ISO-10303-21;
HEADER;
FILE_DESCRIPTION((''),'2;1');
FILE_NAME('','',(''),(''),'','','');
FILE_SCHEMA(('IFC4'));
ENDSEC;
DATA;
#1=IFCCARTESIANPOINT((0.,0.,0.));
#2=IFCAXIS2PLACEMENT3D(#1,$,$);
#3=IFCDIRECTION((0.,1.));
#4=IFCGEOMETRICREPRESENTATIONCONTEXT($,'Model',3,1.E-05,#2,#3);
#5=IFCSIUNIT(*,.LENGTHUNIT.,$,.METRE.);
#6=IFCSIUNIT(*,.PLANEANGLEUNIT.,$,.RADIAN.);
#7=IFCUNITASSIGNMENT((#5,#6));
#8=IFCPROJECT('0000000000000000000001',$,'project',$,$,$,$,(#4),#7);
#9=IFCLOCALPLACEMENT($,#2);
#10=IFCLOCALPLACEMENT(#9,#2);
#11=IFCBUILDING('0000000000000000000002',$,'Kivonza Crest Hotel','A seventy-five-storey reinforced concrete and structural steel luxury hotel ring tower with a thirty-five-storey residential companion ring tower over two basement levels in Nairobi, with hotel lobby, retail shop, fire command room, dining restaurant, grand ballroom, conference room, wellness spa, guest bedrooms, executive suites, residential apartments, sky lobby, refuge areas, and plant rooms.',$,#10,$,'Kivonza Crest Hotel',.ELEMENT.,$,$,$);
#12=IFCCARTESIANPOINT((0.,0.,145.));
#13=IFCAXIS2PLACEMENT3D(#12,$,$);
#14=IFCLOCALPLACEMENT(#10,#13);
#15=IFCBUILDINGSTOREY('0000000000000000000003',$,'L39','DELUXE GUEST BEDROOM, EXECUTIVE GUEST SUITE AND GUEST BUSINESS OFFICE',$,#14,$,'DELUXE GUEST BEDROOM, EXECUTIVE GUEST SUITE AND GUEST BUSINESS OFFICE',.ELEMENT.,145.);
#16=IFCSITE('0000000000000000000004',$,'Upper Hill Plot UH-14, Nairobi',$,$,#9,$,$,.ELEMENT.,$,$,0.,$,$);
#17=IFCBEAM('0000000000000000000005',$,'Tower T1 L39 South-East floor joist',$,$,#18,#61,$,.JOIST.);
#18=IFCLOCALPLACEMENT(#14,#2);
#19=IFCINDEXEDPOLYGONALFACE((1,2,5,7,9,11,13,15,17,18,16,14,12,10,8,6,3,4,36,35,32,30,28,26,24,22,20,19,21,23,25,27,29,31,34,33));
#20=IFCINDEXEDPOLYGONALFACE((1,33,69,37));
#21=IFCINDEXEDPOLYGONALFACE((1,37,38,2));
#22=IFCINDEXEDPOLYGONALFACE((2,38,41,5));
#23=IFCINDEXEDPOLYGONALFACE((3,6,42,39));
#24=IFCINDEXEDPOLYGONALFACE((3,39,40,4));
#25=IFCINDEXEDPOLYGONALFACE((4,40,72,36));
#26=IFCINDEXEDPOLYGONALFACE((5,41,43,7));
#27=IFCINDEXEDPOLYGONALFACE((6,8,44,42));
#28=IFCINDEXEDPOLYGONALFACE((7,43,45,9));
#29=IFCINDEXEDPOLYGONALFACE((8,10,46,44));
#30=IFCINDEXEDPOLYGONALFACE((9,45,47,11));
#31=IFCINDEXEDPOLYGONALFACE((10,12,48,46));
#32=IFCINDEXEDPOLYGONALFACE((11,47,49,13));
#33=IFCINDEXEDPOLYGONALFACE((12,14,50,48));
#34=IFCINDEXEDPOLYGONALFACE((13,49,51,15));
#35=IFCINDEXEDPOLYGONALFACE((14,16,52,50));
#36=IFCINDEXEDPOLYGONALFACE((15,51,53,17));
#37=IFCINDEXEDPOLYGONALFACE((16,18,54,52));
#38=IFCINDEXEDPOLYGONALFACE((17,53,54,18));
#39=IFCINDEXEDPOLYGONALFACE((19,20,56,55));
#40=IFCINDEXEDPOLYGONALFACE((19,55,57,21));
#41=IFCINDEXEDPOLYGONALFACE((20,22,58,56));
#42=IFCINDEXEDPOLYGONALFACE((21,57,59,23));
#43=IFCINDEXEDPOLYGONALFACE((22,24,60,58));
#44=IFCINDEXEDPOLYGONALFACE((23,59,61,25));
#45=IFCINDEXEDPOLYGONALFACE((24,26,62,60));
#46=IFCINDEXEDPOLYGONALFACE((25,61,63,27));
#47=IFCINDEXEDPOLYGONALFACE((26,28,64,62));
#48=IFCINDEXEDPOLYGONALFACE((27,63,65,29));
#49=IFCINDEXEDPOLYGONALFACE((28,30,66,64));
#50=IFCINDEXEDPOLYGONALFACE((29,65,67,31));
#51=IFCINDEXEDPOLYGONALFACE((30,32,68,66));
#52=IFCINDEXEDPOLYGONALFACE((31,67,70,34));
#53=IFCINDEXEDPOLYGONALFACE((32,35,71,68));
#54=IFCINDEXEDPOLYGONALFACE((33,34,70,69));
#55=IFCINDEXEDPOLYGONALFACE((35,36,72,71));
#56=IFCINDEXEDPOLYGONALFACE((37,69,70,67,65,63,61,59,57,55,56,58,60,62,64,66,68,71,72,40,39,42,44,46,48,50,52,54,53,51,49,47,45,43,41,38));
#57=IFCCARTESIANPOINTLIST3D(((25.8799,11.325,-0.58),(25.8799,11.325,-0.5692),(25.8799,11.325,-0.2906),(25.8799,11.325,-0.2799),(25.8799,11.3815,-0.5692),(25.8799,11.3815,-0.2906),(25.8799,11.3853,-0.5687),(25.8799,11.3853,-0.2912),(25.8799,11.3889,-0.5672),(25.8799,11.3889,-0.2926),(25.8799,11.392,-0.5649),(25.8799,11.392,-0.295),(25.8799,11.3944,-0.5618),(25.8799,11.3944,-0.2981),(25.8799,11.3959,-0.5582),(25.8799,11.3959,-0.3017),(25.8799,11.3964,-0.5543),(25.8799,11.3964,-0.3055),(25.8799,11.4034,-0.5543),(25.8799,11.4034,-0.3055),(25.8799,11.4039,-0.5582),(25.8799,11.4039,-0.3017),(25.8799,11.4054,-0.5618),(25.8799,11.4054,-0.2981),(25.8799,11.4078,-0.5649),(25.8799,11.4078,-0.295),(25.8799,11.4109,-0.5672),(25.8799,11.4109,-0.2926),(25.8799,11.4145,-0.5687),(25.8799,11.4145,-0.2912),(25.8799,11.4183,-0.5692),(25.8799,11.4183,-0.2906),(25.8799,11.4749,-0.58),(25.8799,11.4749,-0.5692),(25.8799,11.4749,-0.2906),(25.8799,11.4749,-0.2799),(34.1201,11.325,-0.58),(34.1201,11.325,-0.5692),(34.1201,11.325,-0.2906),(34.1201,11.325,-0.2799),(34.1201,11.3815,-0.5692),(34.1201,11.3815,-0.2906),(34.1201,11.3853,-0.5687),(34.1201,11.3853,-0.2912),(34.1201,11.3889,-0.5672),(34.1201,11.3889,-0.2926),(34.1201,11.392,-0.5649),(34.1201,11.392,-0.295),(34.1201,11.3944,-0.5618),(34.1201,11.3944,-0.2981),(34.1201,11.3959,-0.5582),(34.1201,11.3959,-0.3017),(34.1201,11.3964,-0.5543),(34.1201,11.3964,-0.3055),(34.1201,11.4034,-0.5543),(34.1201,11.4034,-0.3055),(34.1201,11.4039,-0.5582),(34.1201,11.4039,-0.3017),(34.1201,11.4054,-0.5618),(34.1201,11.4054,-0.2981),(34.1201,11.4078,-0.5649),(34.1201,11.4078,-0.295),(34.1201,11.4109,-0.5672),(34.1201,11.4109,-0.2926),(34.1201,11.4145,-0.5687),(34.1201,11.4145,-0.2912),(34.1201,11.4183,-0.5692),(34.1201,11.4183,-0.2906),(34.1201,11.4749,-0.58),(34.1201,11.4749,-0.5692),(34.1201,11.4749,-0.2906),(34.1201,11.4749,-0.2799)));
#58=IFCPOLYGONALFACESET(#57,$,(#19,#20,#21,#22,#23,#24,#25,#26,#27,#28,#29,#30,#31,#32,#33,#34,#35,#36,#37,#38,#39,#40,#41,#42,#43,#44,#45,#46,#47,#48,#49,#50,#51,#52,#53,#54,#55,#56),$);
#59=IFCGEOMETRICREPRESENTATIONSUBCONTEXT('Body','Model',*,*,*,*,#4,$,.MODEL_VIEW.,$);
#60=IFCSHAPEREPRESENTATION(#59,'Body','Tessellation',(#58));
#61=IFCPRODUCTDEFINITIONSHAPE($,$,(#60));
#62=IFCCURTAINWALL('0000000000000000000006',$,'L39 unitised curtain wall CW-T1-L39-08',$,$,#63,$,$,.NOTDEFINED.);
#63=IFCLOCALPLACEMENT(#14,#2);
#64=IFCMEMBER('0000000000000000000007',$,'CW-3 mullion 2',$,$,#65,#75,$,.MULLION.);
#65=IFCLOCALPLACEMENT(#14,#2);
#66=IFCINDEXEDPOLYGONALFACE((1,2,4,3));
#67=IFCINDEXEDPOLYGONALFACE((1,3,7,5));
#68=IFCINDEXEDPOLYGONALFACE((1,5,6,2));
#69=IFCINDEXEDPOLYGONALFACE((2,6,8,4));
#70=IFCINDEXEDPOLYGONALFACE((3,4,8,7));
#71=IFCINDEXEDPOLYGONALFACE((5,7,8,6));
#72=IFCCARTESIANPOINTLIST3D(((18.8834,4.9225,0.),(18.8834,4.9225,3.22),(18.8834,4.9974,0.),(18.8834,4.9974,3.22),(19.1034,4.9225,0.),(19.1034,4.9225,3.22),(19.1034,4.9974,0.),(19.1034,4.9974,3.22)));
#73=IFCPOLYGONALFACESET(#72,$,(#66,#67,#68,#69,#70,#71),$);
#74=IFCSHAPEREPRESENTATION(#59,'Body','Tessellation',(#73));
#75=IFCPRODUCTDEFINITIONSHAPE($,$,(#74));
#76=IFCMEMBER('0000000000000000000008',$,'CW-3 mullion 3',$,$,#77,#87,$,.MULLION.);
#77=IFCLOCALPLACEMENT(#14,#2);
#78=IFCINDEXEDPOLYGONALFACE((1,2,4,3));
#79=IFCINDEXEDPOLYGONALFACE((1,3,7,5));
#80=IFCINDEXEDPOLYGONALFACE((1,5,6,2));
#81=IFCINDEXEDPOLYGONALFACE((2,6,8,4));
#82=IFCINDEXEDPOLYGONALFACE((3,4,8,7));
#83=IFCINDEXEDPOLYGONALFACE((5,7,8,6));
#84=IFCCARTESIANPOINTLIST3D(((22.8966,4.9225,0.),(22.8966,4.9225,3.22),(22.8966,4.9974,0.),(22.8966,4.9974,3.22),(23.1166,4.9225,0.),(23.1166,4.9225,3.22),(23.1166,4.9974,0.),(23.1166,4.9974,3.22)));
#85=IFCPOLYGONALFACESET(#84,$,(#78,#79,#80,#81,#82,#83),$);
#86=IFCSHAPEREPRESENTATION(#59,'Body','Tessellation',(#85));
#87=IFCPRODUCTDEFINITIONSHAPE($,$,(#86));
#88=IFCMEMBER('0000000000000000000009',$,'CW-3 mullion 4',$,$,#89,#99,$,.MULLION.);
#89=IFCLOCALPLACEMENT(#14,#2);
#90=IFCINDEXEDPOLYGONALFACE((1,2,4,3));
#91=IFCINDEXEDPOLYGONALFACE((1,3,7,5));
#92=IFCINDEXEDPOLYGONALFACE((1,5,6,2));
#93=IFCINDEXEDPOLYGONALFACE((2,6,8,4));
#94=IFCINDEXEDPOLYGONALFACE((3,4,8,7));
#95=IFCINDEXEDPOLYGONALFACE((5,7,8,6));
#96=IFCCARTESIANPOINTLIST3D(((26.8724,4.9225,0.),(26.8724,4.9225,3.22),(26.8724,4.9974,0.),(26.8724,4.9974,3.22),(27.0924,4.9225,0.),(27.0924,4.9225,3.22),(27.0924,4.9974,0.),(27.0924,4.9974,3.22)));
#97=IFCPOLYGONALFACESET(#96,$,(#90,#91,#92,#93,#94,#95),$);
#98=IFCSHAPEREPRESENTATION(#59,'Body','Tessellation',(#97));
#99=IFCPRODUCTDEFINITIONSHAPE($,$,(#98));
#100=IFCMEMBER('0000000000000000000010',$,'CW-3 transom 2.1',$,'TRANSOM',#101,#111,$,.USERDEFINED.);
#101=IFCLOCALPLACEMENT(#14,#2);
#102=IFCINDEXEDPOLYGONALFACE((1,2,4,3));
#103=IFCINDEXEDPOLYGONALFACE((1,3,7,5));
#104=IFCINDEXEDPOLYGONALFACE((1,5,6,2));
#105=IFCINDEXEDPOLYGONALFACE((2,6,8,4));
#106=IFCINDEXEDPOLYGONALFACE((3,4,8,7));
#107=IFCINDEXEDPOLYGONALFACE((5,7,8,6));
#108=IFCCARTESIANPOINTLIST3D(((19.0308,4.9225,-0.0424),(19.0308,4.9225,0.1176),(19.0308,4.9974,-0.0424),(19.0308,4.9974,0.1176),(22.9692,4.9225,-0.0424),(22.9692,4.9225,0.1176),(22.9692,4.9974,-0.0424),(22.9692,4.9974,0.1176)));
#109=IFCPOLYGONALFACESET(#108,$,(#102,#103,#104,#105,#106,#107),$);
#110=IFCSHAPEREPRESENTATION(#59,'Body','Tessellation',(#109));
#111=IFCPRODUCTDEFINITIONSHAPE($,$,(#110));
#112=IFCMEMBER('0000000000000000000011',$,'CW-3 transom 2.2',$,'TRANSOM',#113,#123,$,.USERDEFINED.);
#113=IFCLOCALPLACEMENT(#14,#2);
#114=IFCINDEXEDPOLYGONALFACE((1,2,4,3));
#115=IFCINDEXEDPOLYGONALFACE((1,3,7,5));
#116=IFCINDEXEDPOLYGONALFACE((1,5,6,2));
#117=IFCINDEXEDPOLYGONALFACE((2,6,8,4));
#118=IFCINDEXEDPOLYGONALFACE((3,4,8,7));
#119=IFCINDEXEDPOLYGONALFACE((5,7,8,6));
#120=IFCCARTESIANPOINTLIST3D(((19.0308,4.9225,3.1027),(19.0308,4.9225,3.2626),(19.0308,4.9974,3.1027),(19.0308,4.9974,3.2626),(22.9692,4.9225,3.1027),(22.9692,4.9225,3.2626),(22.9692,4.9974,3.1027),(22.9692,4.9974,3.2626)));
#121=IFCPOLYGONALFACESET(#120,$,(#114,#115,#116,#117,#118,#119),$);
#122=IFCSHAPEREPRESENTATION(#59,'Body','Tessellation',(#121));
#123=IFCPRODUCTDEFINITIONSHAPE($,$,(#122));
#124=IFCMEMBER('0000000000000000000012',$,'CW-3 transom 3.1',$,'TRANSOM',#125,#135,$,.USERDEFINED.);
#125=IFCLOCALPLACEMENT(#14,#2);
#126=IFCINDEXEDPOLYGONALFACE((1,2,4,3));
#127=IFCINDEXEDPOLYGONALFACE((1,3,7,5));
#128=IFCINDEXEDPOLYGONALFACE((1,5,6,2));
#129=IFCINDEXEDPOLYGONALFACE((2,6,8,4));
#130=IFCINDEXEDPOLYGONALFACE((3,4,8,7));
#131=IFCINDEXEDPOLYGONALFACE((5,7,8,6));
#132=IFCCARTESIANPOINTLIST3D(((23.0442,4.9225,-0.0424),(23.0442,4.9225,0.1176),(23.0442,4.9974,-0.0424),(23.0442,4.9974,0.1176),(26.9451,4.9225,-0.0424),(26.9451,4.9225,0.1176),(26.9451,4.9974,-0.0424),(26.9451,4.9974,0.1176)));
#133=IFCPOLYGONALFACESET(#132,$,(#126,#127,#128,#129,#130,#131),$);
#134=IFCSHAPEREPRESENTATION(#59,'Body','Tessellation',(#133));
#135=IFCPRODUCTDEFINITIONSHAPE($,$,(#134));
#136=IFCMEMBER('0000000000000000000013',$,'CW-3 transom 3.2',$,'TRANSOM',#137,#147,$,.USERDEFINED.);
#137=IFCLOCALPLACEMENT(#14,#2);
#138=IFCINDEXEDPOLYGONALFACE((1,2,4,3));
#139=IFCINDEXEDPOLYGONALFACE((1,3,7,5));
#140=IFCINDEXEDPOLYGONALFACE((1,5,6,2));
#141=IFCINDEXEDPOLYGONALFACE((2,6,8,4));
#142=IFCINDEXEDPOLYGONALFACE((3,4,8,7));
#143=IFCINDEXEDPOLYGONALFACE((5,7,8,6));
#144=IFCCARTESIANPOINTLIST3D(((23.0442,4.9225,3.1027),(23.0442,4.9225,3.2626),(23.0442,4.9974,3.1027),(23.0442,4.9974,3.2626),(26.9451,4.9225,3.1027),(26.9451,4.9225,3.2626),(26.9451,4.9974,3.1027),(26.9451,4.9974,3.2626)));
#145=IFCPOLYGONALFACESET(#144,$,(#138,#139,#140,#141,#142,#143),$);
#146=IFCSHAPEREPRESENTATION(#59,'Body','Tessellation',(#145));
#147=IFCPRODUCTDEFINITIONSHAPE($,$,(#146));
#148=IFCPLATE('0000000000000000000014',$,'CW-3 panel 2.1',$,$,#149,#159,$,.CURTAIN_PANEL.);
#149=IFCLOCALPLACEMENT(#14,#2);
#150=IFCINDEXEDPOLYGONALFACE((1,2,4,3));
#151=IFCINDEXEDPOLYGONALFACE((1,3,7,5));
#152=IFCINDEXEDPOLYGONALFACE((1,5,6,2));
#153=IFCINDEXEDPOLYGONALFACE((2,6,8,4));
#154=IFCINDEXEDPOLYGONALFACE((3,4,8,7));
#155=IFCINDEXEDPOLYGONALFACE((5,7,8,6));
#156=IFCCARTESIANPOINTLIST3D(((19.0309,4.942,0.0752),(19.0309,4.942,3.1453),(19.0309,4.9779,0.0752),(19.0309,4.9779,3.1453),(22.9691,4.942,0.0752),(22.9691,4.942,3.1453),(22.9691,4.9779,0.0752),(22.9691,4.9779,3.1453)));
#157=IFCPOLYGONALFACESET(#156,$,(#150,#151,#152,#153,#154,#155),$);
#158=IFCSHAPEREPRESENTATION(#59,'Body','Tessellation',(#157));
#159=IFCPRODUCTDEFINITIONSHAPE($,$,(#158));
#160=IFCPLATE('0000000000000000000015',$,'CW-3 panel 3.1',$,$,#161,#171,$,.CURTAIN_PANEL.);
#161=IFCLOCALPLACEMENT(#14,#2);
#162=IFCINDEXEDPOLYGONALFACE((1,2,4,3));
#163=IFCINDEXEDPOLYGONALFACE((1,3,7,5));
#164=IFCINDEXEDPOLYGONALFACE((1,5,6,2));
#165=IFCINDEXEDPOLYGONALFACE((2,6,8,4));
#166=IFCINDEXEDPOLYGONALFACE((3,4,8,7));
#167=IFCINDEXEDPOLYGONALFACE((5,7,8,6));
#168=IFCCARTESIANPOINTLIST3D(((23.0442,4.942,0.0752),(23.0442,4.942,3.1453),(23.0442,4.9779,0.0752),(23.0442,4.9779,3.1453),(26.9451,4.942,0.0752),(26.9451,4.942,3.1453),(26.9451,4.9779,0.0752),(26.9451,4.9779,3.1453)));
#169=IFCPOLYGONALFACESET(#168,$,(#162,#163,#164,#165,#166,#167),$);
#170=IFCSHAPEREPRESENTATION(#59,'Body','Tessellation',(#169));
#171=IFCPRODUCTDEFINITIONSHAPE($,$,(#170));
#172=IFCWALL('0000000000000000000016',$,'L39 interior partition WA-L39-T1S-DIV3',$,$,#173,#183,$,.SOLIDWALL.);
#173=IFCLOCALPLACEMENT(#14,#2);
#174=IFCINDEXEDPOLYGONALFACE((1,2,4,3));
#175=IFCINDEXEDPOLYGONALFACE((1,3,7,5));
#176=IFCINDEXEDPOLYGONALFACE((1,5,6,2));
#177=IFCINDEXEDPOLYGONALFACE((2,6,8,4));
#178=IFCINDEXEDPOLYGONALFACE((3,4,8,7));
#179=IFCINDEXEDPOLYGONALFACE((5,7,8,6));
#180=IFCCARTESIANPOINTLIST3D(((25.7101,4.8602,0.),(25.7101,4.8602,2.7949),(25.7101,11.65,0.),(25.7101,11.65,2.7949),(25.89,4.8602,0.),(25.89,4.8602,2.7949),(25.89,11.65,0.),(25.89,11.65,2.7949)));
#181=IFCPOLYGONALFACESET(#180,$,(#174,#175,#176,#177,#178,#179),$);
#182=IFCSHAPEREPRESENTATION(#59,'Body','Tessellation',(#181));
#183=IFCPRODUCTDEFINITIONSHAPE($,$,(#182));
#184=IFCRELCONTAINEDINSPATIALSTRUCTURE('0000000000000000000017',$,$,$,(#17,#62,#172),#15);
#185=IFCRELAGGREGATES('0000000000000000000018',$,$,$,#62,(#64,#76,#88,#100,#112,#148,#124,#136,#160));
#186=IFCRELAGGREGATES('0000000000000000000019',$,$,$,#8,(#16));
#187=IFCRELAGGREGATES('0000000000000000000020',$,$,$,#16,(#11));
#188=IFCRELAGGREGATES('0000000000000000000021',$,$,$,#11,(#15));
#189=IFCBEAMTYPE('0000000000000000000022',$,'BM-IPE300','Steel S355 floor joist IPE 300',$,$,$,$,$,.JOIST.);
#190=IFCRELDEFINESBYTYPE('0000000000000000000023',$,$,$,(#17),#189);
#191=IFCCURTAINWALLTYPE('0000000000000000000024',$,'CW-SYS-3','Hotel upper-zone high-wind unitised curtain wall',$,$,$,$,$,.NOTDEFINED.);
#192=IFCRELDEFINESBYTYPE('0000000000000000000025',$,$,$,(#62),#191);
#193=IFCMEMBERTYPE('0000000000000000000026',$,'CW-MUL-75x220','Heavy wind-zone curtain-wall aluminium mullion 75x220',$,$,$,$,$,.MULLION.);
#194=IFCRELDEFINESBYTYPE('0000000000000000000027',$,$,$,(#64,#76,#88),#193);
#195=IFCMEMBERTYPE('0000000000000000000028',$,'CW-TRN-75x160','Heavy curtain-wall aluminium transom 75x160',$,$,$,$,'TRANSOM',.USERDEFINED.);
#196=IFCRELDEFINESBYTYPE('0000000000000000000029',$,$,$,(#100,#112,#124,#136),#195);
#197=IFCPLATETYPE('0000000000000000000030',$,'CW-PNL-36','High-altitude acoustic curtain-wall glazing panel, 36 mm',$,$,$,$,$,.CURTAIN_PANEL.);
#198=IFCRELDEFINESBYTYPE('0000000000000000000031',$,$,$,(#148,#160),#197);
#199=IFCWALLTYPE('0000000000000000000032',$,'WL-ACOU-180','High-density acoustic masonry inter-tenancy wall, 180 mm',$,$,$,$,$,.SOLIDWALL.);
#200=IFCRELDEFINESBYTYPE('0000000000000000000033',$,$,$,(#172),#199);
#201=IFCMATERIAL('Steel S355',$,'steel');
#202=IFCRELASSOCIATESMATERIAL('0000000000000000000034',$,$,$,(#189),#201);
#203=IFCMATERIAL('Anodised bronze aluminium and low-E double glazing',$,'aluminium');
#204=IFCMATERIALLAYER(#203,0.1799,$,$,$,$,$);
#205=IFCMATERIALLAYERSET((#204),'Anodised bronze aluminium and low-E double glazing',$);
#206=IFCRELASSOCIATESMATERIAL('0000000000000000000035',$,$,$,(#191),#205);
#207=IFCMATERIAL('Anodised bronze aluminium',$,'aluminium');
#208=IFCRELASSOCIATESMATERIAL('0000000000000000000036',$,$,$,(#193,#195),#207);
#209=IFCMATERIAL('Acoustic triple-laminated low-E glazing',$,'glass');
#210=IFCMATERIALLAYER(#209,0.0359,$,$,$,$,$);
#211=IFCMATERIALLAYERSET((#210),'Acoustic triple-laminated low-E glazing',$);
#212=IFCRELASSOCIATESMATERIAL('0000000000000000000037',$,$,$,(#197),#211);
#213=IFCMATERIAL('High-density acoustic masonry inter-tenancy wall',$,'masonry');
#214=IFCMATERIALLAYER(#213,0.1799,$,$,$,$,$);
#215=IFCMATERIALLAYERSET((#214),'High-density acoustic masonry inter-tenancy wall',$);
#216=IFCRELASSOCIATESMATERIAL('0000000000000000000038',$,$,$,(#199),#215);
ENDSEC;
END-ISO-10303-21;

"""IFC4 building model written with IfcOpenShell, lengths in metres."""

from ifc_helpers import new_model, si_unit, direction, frame, frame_2d, origin, origin_2d, place, context, subcontext, project, spatial, rectangle, i_section, extrude, material, layer, layer_set, material_profile, profile_set, type_object, element, aggregate, save


model = new_model("IFC4")

# Units and contexts
model_context = context("Model", 3, precision=1e-05, world=origin(), true_north=direction((0.0, 1.0)))
body_context = subcontext(model_context, "Body", "Model", "MODEL_VIEW")
ifc_project = project(units=[si_unit("LENGTHUNIT", "METRE"), si_unit("PLANEANGLEUNIT", "RADIAN")], contexts=[model_context])

# Site, building, storey
site_placement = place(None, origin())
site = spatial("IfcSite", under=ifc_project, at=site_placement, Name="Upper Hill Plot UH-14, Nairobi", CompositionType="ELEMENT", RefElevation=0.0)
building_placement = place(site_placement, origin())
building = spatial("IfcBuilding", under=site, at=building_placement, Name="Kivonza Crest Hotel", Description="A seventy-five-storey reinforced concrete and structural steel luxury hotel ring tower with a thirty-five-storey residential companion ring tower over two basement levels in Nairobi, with hotel lobby, retail shop, fire command room, dining restaurant, grand ballroom, conference room, wellness spa, guest bedrooms, executive suites, residential apartments, sky lobby, refuge areas, and plant rooms.", LongName="Kivonza Crest Hotel", CompositionType="ELEMENT")
storey_placement = place(building_placement, frame((0.0, 0.0, 145.0)))
storey = spatial("IfcBuildingStorey", under=building, at=storey_placement, Name="L39", Description="DELUXE GUEST BEDROOM, EXECUTIVE GUEST SUITE AND GUEST BUSINESS OFFICE", LongName="DELUXE GUEST BEDROOM, EXECUTIVE GUEST SUITE AND GUEST BUSINESS OFFICE", CompositionType="ELEMENT", Elevation=145.0)

# Beam
ifc_material_1 = material(Name="Steel S355", Category="steel")
ifc_material_profile_1 = material_profile(ifc_material_1, i_section(OverallWidth=0.1499, OverallDepth=0.3, WebThickness=0.0071, FlangeThickness=0.0107, FilletRadius=0.0149, at=origin_2d()), Name="IPE 300")
ifc_profile_set_1 = profile_set([ifc_material_profile_1], Name="Steel S355")
beam_type_1 = type_object("IfcBeamType", Name="BM-IPE300", Description="Steel S355 floor joist IPE 300", PredefinedType="JOIST", material=ifc_profile_set_1)
beam_1_placement = place(storey_placement, frame((25.8799, 11.3999, -0.4299), z_axis=(1.0, 0.0, 0.0), x_axis=(0.0, 1.0, 0.0)))
element("IfcBeam", 1, at=beam_1_placement, inside=storey, type_object=beam_type_1, Name="Tower T1 L39 South-East floor joist", PredefinedType="JOIST", context=body_context, shape_type="SweptSolid", body=[
    extrude(i_section(OverallWidth=0.1499, OverallDepth=0.3, WebThickness=0.0071, FlangeThickness=0.0107, FilletRadius=0.0149, at=origin_2d()), origin(), (0.0, 0.0, 1.0), 8.2402),
])

# Curtain wall, members, plates
ifc_material_2 = material(Name="Anodised bronze aluminium and low-E double glazing", Category="aluminium")
ifc_layer_1 = layer(ifc_material_2, 0.1799)
ifc_layer_set_1 = layer_set([ifc_layer_1], Name="Anodised bronze aluminium and low-E double glazing")
curtain_wall_type = type_object("IfcCurtainWallType", Name="CW-SYS-3", Description="Hotel upper-zone high-wind unitised curtain wall", PredefinedType="NOTDEFINED", material=ifc_layer_set_1)
curtain_wall_placement = place(storey_placement, origin())
curtain_wall = element("IfcCurtainWall", 2, at=curtain_wall_placement, inside=storey, type_object=curtain_wall_type, Name="L39 unitised curtain wall CW-T1-L39-08", PredefinedType="NOTDEFINED")
ifc_material_3 = material(Name="Anodised bronze aluminium", Category="aluminium")
ifc_material_profile_2 = material_profile(ifc_material_3, rectangle(XDim=0.075, YDim=0.22, at=origin_2d()), Name="CW-M 75x220")
ifc_profile_set_2 = profile_set([ifc_material_profile_2], Name="Anodised bronze aluminium")
member_type_1 = type_object("IfcMemberType", Name="CW-MUL-75x220", Description="Heavy wind-zone curtain-wall aluminium mullion 75x220", PredefinedType="MULLION", material=ifc_profile_set_2)
member_1_placement = place(storey_placement, frame((18.9934, 4.96, 0.0), z_axis=(0.0, 0.0, 1.0), x_axis=(0.0, 1.0, 0.0)))
member_1 = element("IfcMember", 3, at=member_1_placement, type_object=member_type_1, Name="CW-3 mullion 2", PredefinedType="MULLION", context=body_context, shape_type="SweptSolid", body=[
    extrude(rectangle(XDim=0.075, YDim=0.22, at=origin_2d()), origin(), (0.0, 0.0, 1.0), 3.22),
])
member_2_placement = place(storey_placement, frame((23.0066, 4.96, 0.0), z_axis=(0.0, 0.0, 1.0), x_axis=(0.0, 1.0, 0.0)))
member_2 = element("IfcMember", 4, at=member_2_placement, type_object=member_type_1, Name="CW-3 mullion 3", PredefinedType="MULLION", context=body_context, shape_type="SweptSolid", body=[
    extrude(rectangle(XDim=0.075, YDim=0.22, at=origin_2d()), origin(), (0.0, 0.0, 1.0), 3.22),
])
member_3_placement = place(storey_placement, frame((26.9824, 4.96, 0.0), z_axis=(0.0, 0.0, 1.0), x_axis=(0.0, 1.0, 0.0)))
member_3 = element("IfcMember", 5, at=member_3_placement, type_object=member_type_1, Name="CW-3 mullion 4", PredefinedType="MULLION", context=body_context, shape_type="SweptSolid", body=[
    extrude(rectangle(XDim=0.075, YDim=0.22, at=origin_2d()), origin(), (0.0, 0.0, 1.0), 3.22),
])
ifc_material_profile_3 = material_profile(ifc_material_3, rectangle(XDim=0.075, YDim=0.1599, at=origin_2d()), Name="CW-T 75x160")
ifc_profile_set_3 = profile_set([ifc_material_profile_3], Name="Anodised bronze aluminium")
member_type_2 = type_object("IfcMemberType", Name="CW-TRN-75x160", Description="Heavy curtain-wall aluminium transom 75x160", ElementType="TRANSOM", PredefinedType="USERDEFINED", material=ifc_profile_set_3)
member_4_placement = place(storey_placement, frame((19.0308, 4.96, 0.0376), z_axis=(1.0, 0.0, 0.0), x_axis=(0.0, 1.0, 0.0)))
member_4 = element("IfcMember", 6, at=member_4_placement, type_object=member_type_2, Name="CW-3 transom 2.1", ObjectType="TRANSOM", PredefinedType="USERDEFINED", context=body_context, shape_type="SweptSolid", body=[
    extrude(rectangle(XDim=0.075, YDim=0.1599, at=origin_2d()), origin(), (0.0, 0.0, 1.0), 3.9385),
])
member_5_placement = place(storey_placement, frame((19.0308, 4.96, 3.1826), z_axis=(1.0, 0.0, 0.0), x_axis=(0.0, 1.0, 0.0)))
member_5 = element("IfcMember", 7, at=member_5_placement, type_object=member_type_2, Name="CW-3 transom 2.2", ObjectType="TRANSOM", PredefinedType="USERDEFINED", context=body_context, shape_type="SweptSolid", body=[
    extrude(rectangle(XDim=0.075, YDim=0.1599, at=origin_2d()), origin(), (0.0, 0.0, 1.0), 3.9385),
])
member_6_placement = place(storey_placement, frame((23.0442, 4.96, 0.0376), z_axis=(1.0, 0.0, 0.0), x_axis=(0.0, 1.0, 0.0)))
member_6 = element("IfcMember", 8, at=member_6_placement, type_object=member_type_2, Name="CW-3 transom 3.1", ObjectType="TRANSOM", PredefinedType="USERDEFINED", context=body_context, shape_type="SweptSolid", body=[
    extrude(rectangle(XDim=0.075, YDim=0.1599, at=origin_2d()), origin(), (0.0, 0.0, 1.0), 3.9009),
])
member_7_placement = place(storey_placement, frame((23.0442, 4.96, 3.1826), z_axis=(1.0, 0.0, 0.0), x_axis=(0.0, 1.0, 0.0)))
member_7 = element("IfcMember", 9, at=member_7_placement, type_object=member_type_2, Name="CW-3 transom 3.2", ObjectType="TRANSOM", PredefinedType="USERDEFINED", context=body_context, shape_type="SweptSolid", body=[
    extrude(rectangle(XDim=0.075, YDim=0.1599, at=origin_2d()), origin(), (0.0, 0.0, 1.0), 3.9009),
])
ifc_material_4 = material(Name="Acoustic triple-laminated low-E glazing", Category="glass")
ifc_layer_2 = layer(ifc_material_4, 0.0359)
ifc_layer_set_2 = layer_set([ifc_layer_2], Name="Acoustic triple-laminated low-E glazing")
plate_type = type_object("IfcPlateType", Name="CW-PNL-36", Description="High-altitude acoustic curtain-wall glazing panel, 36 mm", PredefinedType="CURTAIN_PANEL", material=ifc_layer_set_2)
plate_1_placement = place(storey_placement, frame((21.0, 4.96, 0.0752), z_axis=(0.0, 0.0, 1.0), x_axis=(1.0, 0.0, 0.0)))
plate_1 = element("IfcPlate", 10, at=plate_1_placement, type_object=plate_type, Name="CW-3 panel 2.1", PredefinedType="CURTAIN_PANEL", context=body_context, shape_type="SweptSolid", body=[
    extrude(rectangle(XDim=3.9382, YDim=0.0359, at=origin_2d()), origin(), (0.0, 0.0, 1.0), 3.0701),
])
plate_2_placement = place(storey_placement, frame((24.9946, 4.96, 0.0752), z_axis=(0.0, 0.0, 1.0), x_axis=(1.0, 0.0, 0.0)))
plate_2 = element("IfcPlate", 11, at=plate_2_placement, type_object=plate_type, Name="CW-3 panel 3.1", PredefinedType="CURTAIN_PANEL", context=body_context, shape_type="SweptSolid", body=[
    extrude(rectangle(XDim=3.9009, YDim=0.0359, at=origin_2d()), origin(), (0.0, 0.0, 1.0), 3.0701),
])
aggregate(curtain_wall, [member_1, member_2, member_3, member_4, member_5, plate_1, member_6, member_7, plate_2])

# Wall
ifc_material_5 = material(Name="High-density acoustic masonry inter-tenancy wall", Category="masonry")
ifc_layer_3 = layer(ifc_material_5, 0.1799)
ifc_layer_set_3 = layer_set([ifc_layer_3], Name="High-density acoustic masonry inter-tenancy wall")
wall_type_1 = type_object("IfcWallType", Name="WL-ACOU-180", Description="High-density acoustic masonry inter-tenancy wall, 180 mm", PredefinedType="SOLIDWALL", material=ifc_layer_set_3)
wall_1_placement = place(storey_placement, frame((25.8, 4.8601, 0.0), z_axis=(0.0, 0.0, 1.0), x_axis=(0.0, 1.0, 0.0)))
element("IfcWall", 12, at=wall_1_placement, inside=storey, type_object=wall_type_1, Name="L39 interior partition WA-L39-T1S-DIV3", PredefinedType="SOLIDWALL", context=body_context, shape_type="SweptSolid", body=[
    extrude(rectangle(XDim=6.7898, YDim=0.1799, at=frame_2d((3.395, 0.0))), origin(), (0.0, 0.0, 1.0), 2.7949),
])

save(model, "model.ifc")
